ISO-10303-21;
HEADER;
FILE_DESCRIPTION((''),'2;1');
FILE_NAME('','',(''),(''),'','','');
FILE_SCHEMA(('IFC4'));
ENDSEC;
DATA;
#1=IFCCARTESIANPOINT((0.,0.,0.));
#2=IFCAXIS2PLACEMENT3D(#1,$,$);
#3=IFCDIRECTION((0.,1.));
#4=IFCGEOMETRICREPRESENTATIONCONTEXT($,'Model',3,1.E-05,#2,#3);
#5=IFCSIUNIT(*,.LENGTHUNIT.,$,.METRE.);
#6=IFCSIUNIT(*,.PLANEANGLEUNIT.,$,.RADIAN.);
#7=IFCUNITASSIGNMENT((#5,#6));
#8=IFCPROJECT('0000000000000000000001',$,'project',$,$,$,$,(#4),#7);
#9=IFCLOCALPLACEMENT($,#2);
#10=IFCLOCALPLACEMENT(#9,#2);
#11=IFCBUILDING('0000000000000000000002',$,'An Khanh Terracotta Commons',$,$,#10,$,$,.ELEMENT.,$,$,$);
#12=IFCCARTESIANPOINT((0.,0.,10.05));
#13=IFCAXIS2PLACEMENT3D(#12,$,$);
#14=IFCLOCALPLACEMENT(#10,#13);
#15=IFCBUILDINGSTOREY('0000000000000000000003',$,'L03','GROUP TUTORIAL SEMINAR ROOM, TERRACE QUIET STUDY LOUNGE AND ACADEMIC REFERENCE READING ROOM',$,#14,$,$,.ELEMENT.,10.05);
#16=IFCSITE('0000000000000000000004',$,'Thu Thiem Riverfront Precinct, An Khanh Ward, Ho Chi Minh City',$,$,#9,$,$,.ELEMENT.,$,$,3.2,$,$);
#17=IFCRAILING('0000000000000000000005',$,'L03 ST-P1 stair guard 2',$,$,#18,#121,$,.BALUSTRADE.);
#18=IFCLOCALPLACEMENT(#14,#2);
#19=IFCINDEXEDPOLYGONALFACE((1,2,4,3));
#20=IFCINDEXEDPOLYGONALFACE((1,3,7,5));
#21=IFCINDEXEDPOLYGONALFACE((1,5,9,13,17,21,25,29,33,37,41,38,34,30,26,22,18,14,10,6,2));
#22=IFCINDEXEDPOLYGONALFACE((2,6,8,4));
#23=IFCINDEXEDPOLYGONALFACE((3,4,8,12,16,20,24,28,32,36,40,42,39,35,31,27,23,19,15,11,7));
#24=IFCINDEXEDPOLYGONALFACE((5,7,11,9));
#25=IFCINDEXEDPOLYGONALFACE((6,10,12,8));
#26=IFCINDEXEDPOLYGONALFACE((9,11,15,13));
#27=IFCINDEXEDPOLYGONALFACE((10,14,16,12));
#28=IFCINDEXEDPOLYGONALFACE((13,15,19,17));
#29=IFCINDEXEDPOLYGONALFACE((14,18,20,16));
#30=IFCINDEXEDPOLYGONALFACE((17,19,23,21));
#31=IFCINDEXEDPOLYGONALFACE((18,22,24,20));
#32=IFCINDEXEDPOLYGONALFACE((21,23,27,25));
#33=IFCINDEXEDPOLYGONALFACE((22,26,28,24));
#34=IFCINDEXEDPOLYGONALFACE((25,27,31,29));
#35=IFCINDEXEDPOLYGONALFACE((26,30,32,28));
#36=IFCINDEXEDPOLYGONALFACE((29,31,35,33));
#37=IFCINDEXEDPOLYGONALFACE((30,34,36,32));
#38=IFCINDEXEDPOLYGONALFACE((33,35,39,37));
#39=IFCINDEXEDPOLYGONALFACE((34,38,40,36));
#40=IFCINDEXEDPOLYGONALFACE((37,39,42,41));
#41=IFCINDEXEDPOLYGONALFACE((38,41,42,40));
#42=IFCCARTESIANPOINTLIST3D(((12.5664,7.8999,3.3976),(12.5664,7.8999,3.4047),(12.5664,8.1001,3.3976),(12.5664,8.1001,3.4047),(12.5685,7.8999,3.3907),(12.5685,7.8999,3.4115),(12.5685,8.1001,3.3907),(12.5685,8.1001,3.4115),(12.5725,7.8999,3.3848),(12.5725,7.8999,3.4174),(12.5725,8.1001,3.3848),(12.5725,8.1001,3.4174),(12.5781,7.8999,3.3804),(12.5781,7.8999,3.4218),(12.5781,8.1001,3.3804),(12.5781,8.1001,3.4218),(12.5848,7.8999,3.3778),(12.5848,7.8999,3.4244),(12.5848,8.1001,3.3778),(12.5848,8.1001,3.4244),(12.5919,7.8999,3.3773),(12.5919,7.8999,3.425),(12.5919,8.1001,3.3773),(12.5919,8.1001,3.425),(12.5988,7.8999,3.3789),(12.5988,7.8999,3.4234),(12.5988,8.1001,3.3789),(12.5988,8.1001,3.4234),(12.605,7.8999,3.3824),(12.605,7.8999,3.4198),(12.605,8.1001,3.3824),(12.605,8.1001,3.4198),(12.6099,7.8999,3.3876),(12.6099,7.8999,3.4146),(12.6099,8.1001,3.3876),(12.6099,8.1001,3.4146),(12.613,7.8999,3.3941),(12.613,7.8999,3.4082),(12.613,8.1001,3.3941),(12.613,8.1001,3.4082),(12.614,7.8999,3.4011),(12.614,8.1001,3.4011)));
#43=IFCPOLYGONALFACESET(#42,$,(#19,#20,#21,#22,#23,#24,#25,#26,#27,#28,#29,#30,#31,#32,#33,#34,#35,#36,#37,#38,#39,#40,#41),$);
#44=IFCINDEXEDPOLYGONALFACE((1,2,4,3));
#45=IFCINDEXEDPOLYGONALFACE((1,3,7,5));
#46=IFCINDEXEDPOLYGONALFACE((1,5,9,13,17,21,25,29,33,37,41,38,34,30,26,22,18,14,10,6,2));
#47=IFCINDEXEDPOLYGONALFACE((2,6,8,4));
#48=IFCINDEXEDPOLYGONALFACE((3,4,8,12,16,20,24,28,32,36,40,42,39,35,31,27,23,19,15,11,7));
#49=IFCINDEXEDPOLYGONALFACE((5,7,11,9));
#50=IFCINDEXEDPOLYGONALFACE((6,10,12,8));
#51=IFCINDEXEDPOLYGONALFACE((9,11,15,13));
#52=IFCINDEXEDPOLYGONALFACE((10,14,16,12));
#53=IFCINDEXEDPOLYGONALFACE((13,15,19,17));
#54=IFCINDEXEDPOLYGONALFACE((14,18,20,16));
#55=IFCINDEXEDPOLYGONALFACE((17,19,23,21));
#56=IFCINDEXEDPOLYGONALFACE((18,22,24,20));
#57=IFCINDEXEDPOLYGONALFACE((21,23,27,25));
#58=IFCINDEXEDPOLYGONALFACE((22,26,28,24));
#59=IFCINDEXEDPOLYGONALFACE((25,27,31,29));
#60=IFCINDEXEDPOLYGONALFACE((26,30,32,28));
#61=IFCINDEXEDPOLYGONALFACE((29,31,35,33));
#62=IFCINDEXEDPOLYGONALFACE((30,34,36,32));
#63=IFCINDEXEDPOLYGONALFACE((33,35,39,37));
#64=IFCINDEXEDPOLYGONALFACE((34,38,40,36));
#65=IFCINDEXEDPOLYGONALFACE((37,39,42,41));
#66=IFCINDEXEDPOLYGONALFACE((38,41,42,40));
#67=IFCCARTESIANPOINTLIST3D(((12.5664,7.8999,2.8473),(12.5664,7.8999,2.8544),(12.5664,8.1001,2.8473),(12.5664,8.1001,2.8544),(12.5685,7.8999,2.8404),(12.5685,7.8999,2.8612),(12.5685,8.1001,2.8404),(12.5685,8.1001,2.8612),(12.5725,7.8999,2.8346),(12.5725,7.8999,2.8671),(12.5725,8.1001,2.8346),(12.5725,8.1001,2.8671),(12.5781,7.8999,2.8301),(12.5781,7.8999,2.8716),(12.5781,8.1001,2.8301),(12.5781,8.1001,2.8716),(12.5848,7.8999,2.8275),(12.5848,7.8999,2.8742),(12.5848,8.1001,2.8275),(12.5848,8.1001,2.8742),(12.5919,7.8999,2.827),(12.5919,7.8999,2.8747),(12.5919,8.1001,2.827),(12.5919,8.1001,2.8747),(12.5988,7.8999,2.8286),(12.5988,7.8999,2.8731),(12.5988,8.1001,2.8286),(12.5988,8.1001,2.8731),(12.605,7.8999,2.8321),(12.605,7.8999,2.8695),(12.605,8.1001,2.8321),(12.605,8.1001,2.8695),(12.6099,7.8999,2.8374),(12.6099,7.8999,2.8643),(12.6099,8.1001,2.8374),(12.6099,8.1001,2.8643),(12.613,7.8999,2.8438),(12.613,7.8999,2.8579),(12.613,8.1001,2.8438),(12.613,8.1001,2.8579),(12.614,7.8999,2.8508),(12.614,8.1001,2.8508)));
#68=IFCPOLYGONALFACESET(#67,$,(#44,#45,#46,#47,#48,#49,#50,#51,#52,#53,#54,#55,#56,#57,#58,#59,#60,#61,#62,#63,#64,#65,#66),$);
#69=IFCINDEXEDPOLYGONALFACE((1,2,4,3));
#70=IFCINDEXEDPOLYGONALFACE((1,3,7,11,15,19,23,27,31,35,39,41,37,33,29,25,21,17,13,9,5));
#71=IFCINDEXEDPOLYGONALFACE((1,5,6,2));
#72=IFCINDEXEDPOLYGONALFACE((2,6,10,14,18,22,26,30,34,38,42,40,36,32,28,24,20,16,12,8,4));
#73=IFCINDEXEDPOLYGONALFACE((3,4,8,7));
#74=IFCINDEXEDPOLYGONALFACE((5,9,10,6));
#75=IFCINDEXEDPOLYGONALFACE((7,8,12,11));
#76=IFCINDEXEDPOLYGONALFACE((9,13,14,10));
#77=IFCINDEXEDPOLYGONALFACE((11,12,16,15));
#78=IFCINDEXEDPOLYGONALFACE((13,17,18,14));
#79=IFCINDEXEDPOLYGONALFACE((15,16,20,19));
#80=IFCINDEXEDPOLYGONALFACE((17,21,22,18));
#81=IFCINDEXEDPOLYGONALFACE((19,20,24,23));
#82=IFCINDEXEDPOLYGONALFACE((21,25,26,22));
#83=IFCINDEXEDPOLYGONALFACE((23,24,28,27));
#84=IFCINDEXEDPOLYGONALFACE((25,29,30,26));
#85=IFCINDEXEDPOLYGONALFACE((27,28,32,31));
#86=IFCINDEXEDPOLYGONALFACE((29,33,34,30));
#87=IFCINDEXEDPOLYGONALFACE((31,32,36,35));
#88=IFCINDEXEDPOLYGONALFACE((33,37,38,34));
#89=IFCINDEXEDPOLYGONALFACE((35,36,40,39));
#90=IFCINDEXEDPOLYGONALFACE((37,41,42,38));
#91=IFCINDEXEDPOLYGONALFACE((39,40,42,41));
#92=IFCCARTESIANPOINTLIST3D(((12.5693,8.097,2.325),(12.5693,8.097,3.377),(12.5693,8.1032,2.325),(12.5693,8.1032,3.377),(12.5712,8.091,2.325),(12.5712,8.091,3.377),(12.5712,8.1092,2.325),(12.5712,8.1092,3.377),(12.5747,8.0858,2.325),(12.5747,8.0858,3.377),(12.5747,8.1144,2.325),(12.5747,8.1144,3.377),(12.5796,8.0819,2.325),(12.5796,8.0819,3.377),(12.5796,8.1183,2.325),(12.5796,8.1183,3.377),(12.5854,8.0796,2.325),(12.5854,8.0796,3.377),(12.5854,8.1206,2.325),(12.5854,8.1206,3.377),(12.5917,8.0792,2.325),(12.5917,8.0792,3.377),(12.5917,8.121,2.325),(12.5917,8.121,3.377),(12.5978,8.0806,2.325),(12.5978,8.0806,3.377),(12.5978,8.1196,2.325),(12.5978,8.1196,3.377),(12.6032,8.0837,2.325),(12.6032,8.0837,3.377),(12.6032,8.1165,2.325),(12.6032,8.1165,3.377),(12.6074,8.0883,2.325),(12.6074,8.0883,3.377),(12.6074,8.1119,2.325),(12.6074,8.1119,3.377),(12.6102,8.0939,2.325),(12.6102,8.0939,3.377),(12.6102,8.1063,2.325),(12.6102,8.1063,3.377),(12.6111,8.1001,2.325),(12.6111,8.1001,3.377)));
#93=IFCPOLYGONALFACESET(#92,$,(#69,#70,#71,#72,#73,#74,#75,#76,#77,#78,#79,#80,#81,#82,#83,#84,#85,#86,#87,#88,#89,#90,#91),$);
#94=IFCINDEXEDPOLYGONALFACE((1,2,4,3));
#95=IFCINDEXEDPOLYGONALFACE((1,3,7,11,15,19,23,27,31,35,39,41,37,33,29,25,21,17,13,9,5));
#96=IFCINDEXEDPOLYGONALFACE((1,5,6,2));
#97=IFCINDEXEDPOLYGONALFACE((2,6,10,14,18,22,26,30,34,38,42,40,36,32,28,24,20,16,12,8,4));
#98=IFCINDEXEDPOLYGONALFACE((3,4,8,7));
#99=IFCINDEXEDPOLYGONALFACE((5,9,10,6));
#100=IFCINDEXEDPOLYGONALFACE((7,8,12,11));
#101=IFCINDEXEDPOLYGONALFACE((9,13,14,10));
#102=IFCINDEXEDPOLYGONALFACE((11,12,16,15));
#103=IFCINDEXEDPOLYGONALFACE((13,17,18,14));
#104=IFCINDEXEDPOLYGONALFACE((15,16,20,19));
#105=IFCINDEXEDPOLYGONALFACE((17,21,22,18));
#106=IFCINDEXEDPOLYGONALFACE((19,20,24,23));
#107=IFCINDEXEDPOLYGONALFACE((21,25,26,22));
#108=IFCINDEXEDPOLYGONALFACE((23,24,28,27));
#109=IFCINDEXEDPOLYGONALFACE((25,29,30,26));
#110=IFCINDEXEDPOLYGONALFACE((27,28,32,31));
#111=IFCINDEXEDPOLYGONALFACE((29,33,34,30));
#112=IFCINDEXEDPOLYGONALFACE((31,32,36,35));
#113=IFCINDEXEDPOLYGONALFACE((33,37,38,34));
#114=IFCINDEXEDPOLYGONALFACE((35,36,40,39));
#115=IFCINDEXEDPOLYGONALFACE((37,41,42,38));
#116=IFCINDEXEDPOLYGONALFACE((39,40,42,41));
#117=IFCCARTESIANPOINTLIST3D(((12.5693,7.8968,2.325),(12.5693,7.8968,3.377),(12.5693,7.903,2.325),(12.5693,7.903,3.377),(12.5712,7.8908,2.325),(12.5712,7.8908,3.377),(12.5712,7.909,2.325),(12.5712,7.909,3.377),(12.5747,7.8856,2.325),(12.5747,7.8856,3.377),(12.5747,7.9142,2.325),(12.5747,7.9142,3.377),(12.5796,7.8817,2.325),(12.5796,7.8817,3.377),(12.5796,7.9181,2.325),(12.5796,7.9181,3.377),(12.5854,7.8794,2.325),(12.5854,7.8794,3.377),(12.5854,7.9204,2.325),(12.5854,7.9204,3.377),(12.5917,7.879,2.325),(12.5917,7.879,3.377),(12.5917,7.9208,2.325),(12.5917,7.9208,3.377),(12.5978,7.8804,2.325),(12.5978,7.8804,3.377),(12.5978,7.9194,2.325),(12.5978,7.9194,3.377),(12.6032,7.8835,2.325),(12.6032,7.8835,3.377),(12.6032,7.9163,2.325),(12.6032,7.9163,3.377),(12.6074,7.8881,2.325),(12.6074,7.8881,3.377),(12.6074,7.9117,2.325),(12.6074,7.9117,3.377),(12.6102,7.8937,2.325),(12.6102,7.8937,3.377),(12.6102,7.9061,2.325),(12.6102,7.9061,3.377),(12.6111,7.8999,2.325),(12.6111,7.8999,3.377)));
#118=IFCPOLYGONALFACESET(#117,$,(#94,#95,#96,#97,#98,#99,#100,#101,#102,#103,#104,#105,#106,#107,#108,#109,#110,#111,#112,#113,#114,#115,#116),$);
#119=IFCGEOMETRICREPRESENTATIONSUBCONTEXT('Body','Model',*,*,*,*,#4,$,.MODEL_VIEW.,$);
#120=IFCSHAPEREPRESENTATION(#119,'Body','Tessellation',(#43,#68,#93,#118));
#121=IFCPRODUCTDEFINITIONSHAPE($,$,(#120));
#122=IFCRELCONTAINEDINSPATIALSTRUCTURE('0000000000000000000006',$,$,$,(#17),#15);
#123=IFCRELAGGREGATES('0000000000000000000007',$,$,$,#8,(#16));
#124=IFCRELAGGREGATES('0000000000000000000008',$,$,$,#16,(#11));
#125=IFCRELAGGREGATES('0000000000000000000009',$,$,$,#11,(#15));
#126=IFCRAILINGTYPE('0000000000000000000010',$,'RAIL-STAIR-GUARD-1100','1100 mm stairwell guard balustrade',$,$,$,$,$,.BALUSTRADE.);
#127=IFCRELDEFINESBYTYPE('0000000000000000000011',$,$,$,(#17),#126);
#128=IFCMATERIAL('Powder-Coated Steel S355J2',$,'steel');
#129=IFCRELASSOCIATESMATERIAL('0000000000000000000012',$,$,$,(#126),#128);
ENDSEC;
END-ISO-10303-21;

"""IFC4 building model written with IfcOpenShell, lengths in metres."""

from ifc_helpers import new_model, si_unit, direction, frame, origin, origin_2d, place, context, subcontext, project, spatial, circle, extrude, material, type_object, element, save


model = new_model("IFC4")

# Units and contexts
model_context = context("Model", 3, precision=1e-05, world=origin(), true_north=direction((0.0, 1.0)))
body_context = subcontext(model_context, "Body", "Model", "MODEL_VIEW")
ifc_project = project(units=[si_unit("LENGTHUNIT", "METRE"), si_unit("PLANEANGLEUNIT", "RADIAN")], contexts=[model_context])

# Site, building, storey
site_placement = place(None, origin())
site = spatial("IfcSite", under=ifc_project, at=site_placement, Name="Thu Thiem Riverfront Precinct, An Khanh Ward, Ho Chi Minh City", CompositionType="ELEMENT", RefElevation=3.2)
building_placement = place(site_placement, origin())
building = spatial("IfcBuilding", under=site, at=building_placement, Name="An Khanh Terracotta Commons", CompositionType="ELEMENT")
storey_placement = place(building_placement, frame((0.0, 0.0, 10.05)))
storey = spatial("IfcBuildingStorey", under=building, at=storey_placement, Name="L03", Description="GROUP TUTORIAL SEMINAR ROOM, TERRACE QUIET STUDY LOUNGE AND ACADEMIC REFERENCE READING ROOM", CompositionType="ELEMENT", Elevation=10.05)

# Railing
ifc_material_1 = material(Name="Powder-Coated Steel S355J2", Category="steel")
railing_type_1 = type_object("IfcRailingType", Name="RAIL-STAIR-GUARD-1100", Description="1100 mm stairwell guard balustrade", PredefinedType="BALUSTRADE", material=ifc_material_1)
railing_1_placement = place(storey_placement, frame((12.5901, 8.1001, 2.325)))
element("IfcRailing", 1, at=railing_1_placement, inside=storey, type_object=railing_type_1, Name="L03 ST-P1 stair guard 2", PredefinedType="BALUSTRADE", context=body_context, shape_type="SweptSolid", body=[
    extrude(circle(Radius=0.0239, at=origin_2d()), frame((0.0, 0.0, 1.0762), z_axis=(0.0, -1.0, 0.0), x_axis=(1.0, 0.0, 0.0)), (0.0, 0.0, 1.0), 0.2002),
    extrude(circle(Radius=0.0239, at=origin_2d()), frame((0.0, 0.0, 0.5259), z_axis=(0.0, -1.0, 0.0), x_axis=(1.0, 0.0, 0.0)), (0.0, 0.0, 1.0), 0.2002),
    extrude(circle(Radius=0.021, at=origin_2d()), origin(), (0.0, 0.0, 1.0), 1.052),
    extrude(circle(Radius=0.021, at=origin_2d()), frame((0.0, -0.2002, 0.0)), (0.0, 0.0, 1.0), 1.052),
])

save(model, "model.ifc")
